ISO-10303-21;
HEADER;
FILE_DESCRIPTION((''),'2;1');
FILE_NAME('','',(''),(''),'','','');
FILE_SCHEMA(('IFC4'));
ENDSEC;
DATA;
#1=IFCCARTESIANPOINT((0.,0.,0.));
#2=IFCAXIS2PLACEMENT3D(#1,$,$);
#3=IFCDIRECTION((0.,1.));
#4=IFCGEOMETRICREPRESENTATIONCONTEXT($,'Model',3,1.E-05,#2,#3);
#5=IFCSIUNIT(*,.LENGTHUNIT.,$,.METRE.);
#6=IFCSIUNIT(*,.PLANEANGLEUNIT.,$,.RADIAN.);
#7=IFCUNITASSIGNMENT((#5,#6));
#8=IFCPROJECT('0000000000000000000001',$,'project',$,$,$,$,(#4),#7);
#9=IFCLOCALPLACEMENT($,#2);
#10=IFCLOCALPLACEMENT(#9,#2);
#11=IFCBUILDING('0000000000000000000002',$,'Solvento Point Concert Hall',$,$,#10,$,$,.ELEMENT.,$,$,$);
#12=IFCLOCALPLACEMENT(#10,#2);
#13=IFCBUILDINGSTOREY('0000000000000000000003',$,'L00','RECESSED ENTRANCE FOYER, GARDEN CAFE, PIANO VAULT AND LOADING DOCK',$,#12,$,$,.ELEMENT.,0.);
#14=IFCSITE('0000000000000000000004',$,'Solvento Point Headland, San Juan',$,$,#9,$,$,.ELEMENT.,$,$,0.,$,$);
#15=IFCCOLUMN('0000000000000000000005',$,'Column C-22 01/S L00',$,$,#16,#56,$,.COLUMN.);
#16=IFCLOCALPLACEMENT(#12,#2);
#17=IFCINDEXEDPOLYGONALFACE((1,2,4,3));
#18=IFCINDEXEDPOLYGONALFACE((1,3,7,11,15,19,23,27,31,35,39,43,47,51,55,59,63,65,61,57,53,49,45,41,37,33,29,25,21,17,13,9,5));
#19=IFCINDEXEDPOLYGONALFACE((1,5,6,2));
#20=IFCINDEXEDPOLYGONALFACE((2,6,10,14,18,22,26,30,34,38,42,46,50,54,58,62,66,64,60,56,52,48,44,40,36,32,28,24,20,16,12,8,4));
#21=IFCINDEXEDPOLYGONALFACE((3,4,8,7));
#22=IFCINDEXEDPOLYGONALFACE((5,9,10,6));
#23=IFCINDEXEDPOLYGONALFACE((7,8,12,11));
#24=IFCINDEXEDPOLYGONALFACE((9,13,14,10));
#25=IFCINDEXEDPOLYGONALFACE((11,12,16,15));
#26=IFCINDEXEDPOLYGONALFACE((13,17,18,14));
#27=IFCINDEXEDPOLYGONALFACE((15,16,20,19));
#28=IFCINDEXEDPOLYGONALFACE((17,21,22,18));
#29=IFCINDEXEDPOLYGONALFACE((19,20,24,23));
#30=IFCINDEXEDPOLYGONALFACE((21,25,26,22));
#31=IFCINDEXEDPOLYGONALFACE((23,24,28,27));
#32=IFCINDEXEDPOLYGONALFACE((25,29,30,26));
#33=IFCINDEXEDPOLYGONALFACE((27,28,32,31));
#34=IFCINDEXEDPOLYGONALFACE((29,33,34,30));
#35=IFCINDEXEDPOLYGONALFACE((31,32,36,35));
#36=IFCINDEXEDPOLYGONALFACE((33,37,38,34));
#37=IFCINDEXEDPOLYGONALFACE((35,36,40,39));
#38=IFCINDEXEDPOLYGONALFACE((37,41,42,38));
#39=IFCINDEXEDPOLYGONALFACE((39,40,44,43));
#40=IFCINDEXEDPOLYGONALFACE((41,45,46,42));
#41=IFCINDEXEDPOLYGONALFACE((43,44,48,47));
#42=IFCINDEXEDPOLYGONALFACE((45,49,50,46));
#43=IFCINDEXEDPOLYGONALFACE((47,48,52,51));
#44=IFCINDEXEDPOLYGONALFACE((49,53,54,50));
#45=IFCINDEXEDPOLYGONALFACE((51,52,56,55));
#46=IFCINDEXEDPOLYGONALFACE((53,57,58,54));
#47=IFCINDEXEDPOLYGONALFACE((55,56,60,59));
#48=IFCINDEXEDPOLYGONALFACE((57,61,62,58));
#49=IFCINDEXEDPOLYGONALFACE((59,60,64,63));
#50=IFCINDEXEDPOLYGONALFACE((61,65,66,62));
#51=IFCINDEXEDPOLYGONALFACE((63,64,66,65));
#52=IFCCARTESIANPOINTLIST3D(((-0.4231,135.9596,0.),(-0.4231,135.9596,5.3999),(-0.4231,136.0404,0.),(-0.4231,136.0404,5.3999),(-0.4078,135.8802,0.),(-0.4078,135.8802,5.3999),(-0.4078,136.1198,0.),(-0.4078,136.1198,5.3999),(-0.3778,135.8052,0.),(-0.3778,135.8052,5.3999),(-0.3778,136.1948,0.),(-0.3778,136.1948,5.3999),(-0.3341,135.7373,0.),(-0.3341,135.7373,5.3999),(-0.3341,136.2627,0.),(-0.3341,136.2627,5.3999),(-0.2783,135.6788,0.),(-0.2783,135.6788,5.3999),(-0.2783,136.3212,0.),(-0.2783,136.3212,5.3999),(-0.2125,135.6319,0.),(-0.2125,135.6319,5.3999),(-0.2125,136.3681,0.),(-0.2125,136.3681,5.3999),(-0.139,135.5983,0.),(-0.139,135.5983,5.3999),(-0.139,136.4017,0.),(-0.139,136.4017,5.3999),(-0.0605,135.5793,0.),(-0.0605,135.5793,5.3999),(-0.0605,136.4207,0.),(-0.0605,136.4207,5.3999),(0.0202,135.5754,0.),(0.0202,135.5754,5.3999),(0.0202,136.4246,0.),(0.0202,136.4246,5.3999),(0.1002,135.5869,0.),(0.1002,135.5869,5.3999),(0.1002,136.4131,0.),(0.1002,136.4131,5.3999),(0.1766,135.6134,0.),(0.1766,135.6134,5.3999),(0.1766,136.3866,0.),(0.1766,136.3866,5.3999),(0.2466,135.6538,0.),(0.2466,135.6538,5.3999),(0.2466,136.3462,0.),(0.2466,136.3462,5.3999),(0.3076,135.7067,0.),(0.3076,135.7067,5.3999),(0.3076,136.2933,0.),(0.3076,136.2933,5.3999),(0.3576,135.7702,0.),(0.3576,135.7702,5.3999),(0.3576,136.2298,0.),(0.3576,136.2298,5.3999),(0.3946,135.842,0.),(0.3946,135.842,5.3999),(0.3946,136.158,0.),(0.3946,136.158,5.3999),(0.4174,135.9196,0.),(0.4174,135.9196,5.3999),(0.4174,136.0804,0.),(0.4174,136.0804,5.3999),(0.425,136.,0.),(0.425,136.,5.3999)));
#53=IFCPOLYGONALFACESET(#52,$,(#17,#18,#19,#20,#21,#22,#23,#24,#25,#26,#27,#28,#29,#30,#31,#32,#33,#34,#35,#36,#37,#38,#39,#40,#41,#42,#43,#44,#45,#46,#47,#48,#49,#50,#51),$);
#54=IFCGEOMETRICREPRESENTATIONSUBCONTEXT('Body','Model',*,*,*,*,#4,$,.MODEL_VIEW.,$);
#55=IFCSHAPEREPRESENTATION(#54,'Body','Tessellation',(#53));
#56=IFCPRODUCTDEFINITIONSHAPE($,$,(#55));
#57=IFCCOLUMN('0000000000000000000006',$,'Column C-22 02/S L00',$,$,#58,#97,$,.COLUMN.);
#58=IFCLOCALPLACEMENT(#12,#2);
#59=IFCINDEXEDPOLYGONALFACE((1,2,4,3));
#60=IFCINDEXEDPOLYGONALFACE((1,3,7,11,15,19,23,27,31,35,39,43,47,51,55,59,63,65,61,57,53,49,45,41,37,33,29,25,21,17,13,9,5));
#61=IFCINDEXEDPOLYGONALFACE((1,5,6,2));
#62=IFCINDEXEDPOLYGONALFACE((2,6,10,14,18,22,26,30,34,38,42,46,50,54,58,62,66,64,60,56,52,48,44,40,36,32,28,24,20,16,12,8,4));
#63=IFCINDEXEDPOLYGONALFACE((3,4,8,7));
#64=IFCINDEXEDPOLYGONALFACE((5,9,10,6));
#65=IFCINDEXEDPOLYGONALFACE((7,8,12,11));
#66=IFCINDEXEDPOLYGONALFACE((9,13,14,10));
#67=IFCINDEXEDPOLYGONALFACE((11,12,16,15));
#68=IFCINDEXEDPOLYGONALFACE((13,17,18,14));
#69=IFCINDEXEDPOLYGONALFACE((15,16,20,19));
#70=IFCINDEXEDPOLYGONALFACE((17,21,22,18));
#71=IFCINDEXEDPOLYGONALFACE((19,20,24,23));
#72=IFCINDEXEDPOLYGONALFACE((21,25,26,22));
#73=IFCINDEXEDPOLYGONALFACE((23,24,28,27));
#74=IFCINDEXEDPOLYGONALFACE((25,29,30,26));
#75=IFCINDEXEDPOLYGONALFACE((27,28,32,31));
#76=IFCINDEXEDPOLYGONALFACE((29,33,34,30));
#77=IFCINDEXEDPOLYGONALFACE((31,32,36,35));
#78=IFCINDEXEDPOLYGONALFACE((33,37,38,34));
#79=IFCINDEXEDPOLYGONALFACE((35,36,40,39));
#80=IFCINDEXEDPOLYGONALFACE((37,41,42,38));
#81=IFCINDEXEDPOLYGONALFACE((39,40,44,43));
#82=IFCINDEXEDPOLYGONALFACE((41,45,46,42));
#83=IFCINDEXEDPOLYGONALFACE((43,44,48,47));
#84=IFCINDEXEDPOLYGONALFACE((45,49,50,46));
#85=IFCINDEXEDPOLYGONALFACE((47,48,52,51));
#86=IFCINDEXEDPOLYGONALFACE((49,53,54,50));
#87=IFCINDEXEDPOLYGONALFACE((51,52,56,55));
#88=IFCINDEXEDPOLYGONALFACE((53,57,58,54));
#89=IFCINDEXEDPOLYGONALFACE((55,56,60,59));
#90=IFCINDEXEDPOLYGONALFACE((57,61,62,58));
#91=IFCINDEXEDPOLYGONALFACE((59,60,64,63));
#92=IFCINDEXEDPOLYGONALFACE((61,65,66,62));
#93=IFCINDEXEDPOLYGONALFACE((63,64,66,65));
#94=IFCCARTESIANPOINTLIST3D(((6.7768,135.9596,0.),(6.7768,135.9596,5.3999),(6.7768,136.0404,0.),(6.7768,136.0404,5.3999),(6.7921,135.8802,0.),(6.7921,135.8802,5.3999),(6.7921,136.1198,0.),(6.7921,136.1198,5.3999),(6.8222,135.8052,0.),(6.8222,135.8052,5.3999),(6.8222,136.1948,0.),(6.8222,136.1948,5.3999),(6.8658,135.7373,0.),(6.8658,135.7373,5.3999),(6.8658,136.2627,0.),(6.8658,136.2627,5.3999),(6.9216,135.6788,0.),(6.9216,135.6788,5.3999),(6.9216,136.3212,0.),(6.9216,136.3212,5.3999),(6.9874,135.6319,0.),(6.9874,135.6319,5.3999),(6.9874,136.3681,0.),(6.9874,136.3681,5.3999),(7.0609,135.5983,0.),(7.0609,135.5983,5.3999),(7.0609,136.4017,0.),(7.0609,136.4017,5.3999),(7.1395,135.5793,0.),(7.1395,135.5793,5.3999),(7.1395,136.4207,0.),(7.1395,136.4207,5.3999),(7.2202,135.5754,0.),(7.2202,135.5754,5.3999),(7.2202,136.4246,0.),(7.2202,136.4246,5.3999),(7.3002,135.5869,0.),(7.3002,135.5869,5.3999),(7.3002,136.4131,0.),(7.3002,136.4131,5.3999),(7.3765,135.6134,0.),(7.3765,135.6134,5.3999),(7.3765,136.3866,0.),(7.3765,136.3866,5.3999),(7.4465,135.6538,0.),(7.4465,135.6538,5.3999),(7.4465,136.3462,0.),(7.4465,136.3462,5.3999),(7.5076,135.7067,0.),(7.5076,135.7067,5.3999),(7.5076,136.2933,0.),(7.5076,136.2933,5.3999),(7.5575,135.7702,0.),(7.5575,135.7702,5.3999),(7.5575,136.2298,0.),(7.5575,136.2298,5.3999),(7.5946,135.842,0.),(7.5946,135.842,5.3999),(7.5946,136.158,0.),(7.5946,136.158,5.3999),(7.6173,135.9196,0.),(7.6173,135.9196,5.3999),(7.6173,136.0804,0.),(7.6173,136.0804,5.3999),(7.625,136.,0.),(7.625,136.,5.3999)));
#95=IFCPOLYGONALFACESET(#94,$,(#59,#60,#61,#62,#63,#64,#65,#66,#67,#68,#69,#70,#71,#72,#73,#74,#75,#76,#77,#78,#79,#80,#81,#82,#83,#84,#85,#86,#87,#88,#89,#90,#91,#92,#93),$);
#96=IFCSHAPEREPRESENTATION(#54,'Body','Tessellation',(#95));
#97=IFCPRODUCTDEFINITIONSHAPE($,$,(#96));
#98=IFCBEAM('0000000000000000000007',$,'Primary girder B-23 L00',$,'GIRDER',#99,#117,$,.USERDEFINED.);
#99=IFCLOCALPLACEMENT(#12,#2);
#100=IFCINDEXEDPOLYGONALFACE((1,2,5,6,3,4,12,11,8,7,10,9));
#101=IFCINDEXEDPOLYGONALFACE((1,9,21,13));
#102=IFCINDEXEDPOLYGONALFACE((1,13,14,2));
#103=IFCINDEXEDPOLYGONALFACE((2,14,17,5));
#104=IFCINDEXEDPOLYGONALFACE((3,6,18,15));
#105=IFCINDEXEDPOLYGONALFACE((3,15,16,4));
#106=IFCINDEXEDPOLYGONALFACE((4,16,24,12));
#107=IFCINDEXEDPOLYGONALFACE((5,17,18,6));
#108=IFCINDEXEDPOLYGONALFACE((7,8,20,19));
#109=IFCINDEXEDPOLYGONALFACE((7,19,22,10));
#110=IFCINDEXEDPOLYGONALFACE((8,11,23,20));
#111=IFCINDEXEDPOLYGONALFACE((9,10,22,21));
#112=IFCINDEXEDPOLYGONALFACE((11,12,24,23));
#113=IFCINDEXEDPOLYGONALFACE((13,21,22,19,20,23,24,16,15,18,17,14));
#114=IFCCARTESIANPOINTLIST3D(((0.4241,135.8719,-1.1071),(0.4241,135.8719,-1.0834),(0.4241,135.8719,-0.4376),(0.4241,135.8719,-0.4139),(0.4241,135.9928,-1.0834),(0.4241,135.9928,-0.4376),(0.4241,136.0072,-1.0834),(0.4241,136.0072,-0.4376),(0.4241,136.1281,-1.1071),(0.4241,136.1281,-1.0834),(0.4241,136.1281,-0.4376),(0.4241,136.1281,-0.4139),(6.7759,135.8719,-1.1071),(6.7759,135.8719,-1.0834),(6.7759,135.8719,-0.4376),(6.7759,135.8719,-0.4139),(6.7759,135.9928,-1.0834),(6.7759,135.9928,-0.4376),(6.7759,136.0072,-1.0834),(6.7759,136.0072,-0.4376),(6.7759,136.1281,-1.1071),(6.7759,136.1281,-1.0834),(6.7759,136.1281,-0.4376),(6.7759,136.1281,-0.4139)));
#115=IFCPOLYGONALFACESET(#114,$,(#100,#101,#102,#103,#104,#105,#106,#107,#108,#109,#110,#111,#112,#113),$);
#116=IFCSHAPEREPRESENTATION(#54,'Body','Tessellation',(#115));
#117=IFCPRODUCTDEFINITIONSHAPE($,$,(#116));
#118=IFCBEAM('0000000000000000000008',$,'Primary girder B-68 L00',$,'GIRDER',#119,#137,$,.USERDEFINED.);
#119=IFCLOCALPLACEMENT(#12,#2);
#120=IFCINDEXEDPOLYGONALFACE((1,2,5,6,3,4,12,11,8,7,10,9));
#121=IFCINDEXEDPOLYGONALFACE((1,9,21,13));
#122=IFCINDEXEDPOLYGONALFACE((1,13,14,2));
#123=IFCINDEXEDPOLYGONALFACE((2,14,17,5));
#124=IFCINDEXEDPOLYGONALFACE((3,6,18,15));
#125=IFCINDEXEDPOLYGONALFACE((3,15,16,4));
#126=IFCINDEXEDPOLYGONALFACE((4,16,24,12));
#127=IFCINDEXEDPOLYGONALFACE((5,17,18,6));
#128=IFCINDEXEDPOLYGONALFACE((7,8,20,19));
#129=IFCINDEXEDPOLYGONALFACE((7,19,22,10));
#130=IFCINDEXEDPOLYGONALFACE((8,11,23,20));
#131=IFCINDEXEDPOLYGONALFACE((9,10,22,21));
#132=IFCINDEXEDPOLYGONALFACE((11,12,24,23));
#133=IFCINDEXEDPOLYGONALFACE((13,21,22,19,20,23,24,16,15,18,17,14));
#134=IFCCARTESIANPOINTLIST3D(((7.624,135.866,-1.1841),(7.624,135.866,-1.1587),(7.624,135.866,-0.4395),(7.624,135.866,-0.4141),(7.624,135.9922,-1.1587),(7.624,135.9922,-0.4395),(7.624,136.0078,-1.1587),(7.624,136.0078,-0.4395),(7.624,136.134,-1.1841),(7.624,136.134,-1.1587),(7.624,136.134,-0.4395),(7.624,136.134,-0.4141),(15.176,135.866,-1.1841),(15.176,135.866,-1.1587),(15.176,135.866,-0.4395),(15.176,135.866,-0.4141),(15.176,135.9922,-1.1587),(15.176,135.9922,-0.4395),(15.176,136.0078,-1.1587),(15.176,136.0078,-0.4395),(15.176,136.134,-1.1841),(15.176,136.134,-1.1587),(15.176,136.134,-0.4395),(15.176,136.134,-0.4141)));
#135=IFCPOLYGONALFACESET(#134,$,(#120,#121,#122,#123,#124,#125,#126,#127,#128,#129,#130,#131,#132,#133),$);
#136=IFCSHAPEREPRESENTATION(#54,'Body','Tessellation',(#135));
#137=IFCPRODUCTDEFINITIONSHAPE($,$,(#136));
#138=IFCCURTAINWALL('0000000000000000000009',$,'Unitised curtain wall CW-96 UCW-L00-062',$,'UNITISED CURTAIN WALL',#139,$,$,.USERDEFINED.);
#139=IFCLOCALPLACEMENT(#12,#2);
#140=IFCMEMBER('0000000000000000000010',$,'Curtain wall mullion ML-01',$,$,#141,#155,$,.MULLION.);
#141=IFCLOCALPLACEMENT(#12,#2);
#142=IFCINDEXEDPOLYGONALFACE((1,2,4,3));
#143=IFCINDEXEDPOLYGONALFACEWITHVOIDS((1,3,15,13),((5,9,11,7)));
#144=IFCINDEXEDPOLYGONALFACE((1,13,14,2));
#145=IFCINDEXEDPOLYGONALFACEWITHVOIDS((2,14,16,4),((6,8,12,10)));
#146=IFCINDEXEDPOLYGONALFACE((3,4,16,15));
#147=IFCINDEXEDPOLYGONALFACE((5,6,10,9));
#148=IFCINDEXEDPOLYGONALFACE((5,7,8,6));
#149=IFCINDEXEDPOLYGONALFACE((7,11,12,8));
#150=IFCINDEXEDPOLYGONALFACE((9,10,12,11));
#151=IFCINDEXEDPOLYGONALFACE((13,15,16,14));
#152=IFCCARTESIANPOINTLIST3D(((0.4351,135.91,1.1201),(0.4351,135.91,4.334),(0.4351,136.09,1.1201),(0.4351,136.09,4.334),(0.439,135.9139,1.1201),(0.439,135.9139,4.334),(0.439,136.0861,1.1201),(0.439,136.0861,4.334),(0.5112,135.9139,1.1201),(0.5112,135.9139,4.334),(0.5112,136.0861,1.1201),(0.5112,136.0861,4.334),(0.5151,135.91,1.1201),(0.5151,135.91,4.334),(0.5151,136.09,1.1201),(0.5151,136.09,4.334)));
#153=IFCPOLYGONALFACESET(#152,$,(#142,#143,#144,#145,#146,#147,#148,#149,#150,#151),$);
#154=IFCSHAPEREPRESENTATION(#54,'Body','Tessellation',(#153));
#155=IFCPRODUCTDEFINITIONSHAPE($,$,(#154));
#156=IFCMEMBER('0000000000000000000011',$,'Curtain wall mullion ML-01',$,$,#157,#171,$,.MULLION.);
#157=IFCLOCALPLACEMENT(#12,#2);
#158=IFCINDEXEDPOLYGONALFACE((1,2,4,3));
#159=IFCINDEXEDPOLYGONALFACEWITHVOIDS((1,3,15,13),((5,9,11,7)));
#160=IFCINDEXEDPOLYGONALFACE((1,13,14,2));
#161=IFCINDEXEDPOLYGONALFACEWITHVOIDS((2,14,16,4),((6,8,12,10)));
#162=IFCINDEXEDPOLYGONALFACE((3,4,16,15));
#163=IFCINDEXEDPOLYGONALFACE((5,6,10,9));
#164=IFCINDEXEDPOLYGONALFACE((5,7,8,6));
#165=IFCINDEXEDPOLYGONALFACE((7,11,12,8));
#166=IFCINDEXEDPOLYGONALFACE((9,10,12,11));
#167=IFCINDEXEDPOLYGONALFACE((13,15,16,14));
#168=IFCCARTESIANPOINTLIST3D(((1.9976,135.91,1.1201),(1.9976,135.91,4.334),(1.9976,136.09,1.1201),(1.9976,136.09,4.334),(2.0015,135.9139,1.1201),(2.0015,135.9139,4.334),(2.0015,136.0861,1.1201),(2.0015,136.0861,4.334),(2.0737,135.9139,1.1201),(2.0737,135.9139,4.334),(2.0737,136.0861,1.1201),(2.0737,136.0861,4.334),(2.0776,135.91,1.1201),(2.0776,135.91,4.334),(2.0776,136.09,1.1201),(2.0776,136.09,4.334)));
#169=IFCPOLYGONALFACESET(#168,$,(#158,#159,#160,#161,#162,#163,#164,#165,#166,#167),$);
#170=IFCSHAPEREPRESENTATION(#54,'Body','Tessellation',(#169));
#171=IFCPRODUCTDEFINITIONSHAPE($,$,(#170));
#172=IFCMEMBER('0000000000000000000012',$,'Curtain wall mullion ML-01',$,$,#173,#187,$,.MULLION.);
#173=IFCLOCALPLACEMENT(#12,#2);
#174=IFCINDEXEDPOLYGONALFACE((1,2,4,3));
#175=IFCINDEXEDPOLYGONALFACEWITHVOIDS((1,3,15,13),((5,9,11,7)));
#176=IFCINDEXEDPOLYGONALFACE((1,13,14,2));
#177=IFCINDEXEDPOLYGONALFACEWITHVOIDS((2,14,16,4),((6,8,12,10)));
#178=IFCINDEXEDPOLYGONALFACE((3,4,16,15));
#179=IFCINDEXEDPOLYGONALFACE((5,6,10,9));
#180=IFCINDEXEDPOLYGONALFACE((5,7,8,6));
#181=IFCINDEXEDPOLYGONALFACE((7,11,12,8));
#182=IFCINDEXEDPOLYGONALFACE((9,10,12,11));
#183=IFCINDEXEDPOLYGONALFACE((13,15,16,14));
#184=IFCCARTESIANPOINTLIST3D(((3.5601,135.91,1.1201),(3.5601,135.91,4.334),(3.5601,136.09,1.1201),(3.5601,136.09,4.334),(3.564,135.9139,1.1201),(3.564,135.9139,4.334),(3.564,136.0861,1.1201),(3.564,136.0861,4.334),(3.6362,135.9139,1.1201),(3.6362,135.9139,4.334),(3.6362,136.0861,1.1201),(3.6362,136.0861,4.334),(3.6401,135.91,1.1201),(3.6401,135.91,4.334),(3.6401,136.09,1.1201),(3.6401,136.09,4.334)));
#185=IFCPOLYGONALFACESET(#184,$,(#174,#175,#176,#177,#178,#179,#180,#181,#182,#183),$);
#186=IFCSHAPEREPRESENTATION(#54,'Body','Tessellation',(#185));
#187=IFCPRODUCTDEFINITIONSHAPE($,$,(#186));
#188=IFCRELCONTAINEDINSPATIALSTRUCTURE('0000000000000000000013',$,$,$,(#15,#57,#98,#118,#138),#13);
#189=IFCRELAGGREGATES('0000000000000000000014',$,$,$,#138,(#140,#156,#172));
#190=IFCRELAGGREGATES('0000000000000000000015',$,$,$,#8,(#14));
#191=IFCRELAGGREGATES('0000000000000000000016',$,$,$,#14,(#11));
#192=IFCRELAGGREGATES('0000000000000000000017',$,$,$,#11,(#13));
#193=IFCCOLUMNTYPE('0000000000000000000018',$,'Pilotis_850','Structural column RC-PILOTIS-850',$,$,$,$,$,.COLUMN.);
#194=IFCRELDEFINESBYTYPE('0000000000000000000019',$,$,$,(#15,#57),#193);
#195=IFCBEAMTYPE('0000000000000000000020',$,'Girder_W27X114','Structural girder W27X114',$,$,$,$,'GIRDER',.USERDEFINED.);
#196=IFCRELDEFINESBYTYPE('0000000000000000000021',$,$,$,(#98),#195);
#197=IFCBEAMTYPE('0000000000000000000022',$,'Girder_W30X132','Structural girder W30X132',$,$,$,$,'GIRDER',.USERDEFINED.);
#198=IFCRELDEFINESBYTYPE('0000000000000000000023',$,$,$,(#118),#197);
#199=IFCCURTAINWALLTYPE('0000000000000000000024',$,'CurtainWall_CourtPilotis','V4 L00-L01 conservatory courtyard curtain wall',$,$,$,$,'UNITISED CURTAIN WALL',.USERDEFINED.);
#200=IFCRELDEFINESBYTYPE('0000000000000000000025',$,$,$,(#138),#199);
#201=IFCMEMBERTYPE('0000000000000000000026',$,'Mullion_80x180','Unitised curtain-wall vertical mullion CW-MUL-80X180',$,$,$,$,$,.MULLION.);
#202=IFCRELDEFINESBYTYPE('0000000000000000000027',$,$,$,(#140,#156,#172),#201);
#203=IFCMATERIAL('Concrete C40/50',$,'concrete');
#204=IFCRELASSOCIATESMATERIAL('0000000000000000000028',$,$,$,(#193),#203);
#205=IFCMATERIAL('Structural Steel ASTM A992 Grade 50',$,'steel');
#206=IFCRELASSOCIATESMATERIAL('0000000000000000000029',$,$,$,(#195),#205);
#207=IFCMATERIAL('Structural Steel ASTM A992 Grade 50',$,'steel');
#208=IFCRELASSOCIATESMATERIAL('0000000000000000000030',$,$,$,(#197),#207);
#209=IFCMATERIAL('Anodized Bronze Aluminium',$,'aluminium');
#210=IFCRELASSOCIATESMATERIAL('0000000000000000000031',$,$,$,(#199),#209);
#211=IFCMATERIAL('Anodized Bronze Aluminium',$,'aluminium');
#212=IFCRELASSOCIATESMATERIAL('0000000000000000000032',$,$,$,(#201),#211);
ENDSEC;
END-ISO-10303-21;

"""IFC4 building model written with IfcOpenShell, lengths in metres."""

from ifc_helpers import new_model, si_unit, direction, frame, origin, origin_2d, place, context, subcontext, project, spatial, hollow_rectangle, circle, i_section, extrude, material, material_profile, profile_set, type_object, element, aggregate, save


model = new_model("IFC4")

# Units and contexts
model_context = context("Model", 3, precision=1e-05, world=origin(), true_north=direction((0.0, 1.0)))
body_context = subcontext(model_context, "Body", "Model", "MODEL_VIEW")
ifc_project = project(units=[si_unit("LENGTHUNIT", "METRE"), si_unit("PLANEANGLEUNIT", "RADIAN")], contexts=[model_context])

# Site, building, storey
site_placement = place(None, origin())
site = spatial("IfcSite", under=ifc_project, at=site_placement, Name="Solvento Point Headland, San Juan", CompositionType="ELEMENT", RefElevation=0.0)
building_placement = place(site_placement, origin())
building = spatial("IfcBuilding", under=site, at=building_placement, Name="Solvento Point Concert Hall", CompositionType="ELEMENT")
storey_placement = place(building_placement, origin())
storey = spatial("IfcBuildingStorey", under=building, at=storey_placement, Name="L00", Description="RECESSED ENTRANCE FOYER, GARDEN CAFE, PIANO VAULT AND LOADING DOCK", CompositionType="ELEMENT", Elevation=0.0)

# Columns
ifc_material_1 = material(Name="Concrete C40/50", Category="concrete")
ifc_material_profile_1 = material_profile(ifc_material_1, circle(Radius=0.425, at=origin_2d()), Name="RC-PILOTIS-850")
ifc_profile_set_1 = profile_set([ifc_material_profile_1], Name="Concrete C40/50")
column_type = type_object("IfcColumnType", Name="Pilotis_850", Description="Structural column RC-PILOTIS-850", PredefinedType="COLUMN", material=ifc_profile_set_1)
for number, where, z_axis, x_axis, name in (
    (1, (0.0, 136.0, 0.0), (0.0, 0.0, 1.0), (1.0, 0.0, 0.0), "Column C-22 01/S L00"),
    (2, (7.2, 136.0, 0.0), (0.0, 0.0, 1.0), (1.0, 0.0, 0.0), "Column C-22 02/S L00"),
):
    element("IfcColumn", number, at=place(storey_placement, frame(where, z_axis=z_axis, x_axis=x_axis)), inside=storey, type_object=column_type, Name=name, PredefinedType="COLUMN", context=body_context, shape_type="SweptSolid", body=[
        extrude(circle(Radius=0.425, at=origin_2d()), origin(), (0.0, 0.0, 1.0), 5.3999),
    ])

# Beams
ifc_material_2 = material(Name="Structural Steel ASTM A992 Grade 50", Category="steel")
ifc_material_profile_2 = material_profile(ifc_material_2, i_section(OverallWidth=0.2561, OverallDepth=0.6931, WebThickness=0.0144, FlangeThickness=0.0237, at=origin_2d()), Name="W27X114")
ifc_profile_set_2 = profile_set([ifc_material_profile_2], Name="Structural Steel ASTM A992 Grade 50")
beam_type_1 = type_object("IfcBeamType", Name="Girder_W27X114", Description="Structural girder W27X114", ElementType="GIRDER", PredefinedType="USERDEFINED", material=ifc_profile_set_2)
beam_1_placement = place(storey_placement, frame((0.4241, 136.0, -0.7605), z_axis=(1.0, 0.0, 0.0), x_axis=(0.0, 1.0, 0.0)))
element("IfcBeam", 3, at=beam_1_placement, inside=storey, type_object=beam_type_1, Name="Primary girder B-23 L00", ObjectType="GIRDER", PredefinedType="USERDEFINED", context=body_context, shape_type="SweptSolid", body=[
    extrude(i_section(OverallWidth=0.2561, OverallDepth=0.6931, WebThickness=0.0144, FlangeThickness=0.0237, at=origin_2d()), origin(), (0.0, 0.0, 1.0), 6.3518),
])
ifc_material_3 = material(Name="Structural Steel ASTM A992 Grade 50", Category="steel")
ifc_material_profile_3 = material_profile(ifc_material_3, i_section(OverallWidth=0.2681, OverallDepth=0.77, WebThickness=0.0156, FlangeThickness=0.0254, at=origin_2d()), Name="W30X132")
ifc_profile_set_3 = profile_set([ifc_material_profile_3], Name="Structural Steel ASTM A992 Grade 50")
beam_type_2 = type_object("IfcBeamType", Name="Girder_W30X132", Description="Structural girder W30X132", ElementType="GIRDER", PredefinedType="USERDEFINED", material=ifc_profile_set_3)
beam_2_placement = place(storey_placement, frame((7.624, 136.0, -0.7991), z_axis=(1.0, 0.0, 0.0), x_axis=(0.0, 1.0, 0.0)))
element("IfcBeam", 4, at=beam_2_placement, inside=storey, type_object=beam_type_2, Name="Primary girder B-68 L00", ObjectType="GIRDER", PredefinedType="USERDEFINED", context=body_context, shape_type="SweptSolid", body=[
    extrude(i_section(OverallWidth=0.2681, OverallDepth=0.77, WebThickness=0.0156, FlangeThickness=0.0254, at=origin_2d()), origin(), (0.0, 0.0, 1.0), 7.552),
])

# Curtain wall, members
ifc_material_4 = material(Name="Anodized Bronze Aluminium", Category="aluminium")
curtain_wall_type = type_object("IfcCurtainWallType", Name="CurtainWall_CourtPilotis", Description="V4 L00-L01 conservatory courtyard curtain wall", ElementType="UNITISED CURTAIN WALL", PredefinedType="USERDEFINED", material=ifc_material_4)
curtain_wall_1_placement = place(storey_placement, origin())
curtain_wall_1 = element("IfcCurtainWall", 5, at=curtain_wall_1_placement, inside=storey, type_object=curtain_wall_type, Name="Unitised curtain wall CW-96 UCW-L00-062", ObjectType="UNITISED CURTAIN WALL", PredefinedType="USERDEFINED")
ifc_material_5 = material(Name="Anodized Bronze Aluminium", Category="aluminium")
ifc_material_profile_4 = material_profile(ifc_material_5, hollow_rectangle(XDim=0.0801, YDim=0.1799, WallThickness=0.0039, at=origin_2d()), Name="CW-MUL-80X180")
ifc_profile_set_4 = profile_set([ifc_material_profile_4], Name="Anodized Bronze Aluminium")
member_type_1 = type_object("IfcMemberType", Name="Mullion_80x180", Description="Unitised curtain-wall vertical mullion CW-MUL-80X180", PredefinedType="MULLION", material=ifc_profile_set_4)
member_1_placement = place(storey_placement, frame((0.4751, 136.0, 1.1201), z_axis=(0.0, 0.0, 1.0), x_axis=(1.0, 0.0, 0.0)))
member_1 = element("IfcMember", 6, at=member_1_placement, type_object=member_type_1, Name="Curtain wall mullion ML-01", PredefinedType="MULLION", context=body_context, shape_type="SweptSolid", body=[
    extrude(hollow_rectangle(XDim=0.0801, YDim=0.1799, WallThickness=0.0039, at=origin_2d()), origin(), (0.0, 0.0, 1.0), 3.2139),
])
member_2_placement = place(storey_placement, frame((2.0376, 136.0, 1.1201), z_axis=(0.0, 0.0, 1.0), x_axis=(1.0, 0.0, 0.0)))
member_2 = element("IfcMember", 7, at=member_2_placement, type_object=member_type_1, Name="Curtain wall mullion ML-01", PredefinedType="MULLION", context=body_context, shape_type="SweptSolid", body=[
    extrude(hollow_rectangle(XDim=0.0801, YDim=0.1799, WallThickness=0.0039, at=origin_2d()), origin(), (0.0, 0.0, 1.0), 3.2139),
])
member_3_placement = place(storey_placement, frame((3.6001, 136.0, 1.1201), z_axis=(0.0, 0.0, 1.0), x_axis=(1.0, 0.0, 0.0)))
member_3 = element("IfcMember", 8, at=member_3_placement, type_object=member_type_1, Name="Curtain wall mullion ML-01", PredefinedType="MULLION", context=body_context, shape_type="SweptSolid", body=[
    extrude(hollow_rectangle(XDim=0.0801, YDim=0.1799, WallThickness=0.0039, at=origin_2d()), origin(), (0.0, 0.0, 1.0), 3.2139),
])

aggregate(curtain_wall_1, [member_1, member_2, member_3])

save(model, "model.ifc")
